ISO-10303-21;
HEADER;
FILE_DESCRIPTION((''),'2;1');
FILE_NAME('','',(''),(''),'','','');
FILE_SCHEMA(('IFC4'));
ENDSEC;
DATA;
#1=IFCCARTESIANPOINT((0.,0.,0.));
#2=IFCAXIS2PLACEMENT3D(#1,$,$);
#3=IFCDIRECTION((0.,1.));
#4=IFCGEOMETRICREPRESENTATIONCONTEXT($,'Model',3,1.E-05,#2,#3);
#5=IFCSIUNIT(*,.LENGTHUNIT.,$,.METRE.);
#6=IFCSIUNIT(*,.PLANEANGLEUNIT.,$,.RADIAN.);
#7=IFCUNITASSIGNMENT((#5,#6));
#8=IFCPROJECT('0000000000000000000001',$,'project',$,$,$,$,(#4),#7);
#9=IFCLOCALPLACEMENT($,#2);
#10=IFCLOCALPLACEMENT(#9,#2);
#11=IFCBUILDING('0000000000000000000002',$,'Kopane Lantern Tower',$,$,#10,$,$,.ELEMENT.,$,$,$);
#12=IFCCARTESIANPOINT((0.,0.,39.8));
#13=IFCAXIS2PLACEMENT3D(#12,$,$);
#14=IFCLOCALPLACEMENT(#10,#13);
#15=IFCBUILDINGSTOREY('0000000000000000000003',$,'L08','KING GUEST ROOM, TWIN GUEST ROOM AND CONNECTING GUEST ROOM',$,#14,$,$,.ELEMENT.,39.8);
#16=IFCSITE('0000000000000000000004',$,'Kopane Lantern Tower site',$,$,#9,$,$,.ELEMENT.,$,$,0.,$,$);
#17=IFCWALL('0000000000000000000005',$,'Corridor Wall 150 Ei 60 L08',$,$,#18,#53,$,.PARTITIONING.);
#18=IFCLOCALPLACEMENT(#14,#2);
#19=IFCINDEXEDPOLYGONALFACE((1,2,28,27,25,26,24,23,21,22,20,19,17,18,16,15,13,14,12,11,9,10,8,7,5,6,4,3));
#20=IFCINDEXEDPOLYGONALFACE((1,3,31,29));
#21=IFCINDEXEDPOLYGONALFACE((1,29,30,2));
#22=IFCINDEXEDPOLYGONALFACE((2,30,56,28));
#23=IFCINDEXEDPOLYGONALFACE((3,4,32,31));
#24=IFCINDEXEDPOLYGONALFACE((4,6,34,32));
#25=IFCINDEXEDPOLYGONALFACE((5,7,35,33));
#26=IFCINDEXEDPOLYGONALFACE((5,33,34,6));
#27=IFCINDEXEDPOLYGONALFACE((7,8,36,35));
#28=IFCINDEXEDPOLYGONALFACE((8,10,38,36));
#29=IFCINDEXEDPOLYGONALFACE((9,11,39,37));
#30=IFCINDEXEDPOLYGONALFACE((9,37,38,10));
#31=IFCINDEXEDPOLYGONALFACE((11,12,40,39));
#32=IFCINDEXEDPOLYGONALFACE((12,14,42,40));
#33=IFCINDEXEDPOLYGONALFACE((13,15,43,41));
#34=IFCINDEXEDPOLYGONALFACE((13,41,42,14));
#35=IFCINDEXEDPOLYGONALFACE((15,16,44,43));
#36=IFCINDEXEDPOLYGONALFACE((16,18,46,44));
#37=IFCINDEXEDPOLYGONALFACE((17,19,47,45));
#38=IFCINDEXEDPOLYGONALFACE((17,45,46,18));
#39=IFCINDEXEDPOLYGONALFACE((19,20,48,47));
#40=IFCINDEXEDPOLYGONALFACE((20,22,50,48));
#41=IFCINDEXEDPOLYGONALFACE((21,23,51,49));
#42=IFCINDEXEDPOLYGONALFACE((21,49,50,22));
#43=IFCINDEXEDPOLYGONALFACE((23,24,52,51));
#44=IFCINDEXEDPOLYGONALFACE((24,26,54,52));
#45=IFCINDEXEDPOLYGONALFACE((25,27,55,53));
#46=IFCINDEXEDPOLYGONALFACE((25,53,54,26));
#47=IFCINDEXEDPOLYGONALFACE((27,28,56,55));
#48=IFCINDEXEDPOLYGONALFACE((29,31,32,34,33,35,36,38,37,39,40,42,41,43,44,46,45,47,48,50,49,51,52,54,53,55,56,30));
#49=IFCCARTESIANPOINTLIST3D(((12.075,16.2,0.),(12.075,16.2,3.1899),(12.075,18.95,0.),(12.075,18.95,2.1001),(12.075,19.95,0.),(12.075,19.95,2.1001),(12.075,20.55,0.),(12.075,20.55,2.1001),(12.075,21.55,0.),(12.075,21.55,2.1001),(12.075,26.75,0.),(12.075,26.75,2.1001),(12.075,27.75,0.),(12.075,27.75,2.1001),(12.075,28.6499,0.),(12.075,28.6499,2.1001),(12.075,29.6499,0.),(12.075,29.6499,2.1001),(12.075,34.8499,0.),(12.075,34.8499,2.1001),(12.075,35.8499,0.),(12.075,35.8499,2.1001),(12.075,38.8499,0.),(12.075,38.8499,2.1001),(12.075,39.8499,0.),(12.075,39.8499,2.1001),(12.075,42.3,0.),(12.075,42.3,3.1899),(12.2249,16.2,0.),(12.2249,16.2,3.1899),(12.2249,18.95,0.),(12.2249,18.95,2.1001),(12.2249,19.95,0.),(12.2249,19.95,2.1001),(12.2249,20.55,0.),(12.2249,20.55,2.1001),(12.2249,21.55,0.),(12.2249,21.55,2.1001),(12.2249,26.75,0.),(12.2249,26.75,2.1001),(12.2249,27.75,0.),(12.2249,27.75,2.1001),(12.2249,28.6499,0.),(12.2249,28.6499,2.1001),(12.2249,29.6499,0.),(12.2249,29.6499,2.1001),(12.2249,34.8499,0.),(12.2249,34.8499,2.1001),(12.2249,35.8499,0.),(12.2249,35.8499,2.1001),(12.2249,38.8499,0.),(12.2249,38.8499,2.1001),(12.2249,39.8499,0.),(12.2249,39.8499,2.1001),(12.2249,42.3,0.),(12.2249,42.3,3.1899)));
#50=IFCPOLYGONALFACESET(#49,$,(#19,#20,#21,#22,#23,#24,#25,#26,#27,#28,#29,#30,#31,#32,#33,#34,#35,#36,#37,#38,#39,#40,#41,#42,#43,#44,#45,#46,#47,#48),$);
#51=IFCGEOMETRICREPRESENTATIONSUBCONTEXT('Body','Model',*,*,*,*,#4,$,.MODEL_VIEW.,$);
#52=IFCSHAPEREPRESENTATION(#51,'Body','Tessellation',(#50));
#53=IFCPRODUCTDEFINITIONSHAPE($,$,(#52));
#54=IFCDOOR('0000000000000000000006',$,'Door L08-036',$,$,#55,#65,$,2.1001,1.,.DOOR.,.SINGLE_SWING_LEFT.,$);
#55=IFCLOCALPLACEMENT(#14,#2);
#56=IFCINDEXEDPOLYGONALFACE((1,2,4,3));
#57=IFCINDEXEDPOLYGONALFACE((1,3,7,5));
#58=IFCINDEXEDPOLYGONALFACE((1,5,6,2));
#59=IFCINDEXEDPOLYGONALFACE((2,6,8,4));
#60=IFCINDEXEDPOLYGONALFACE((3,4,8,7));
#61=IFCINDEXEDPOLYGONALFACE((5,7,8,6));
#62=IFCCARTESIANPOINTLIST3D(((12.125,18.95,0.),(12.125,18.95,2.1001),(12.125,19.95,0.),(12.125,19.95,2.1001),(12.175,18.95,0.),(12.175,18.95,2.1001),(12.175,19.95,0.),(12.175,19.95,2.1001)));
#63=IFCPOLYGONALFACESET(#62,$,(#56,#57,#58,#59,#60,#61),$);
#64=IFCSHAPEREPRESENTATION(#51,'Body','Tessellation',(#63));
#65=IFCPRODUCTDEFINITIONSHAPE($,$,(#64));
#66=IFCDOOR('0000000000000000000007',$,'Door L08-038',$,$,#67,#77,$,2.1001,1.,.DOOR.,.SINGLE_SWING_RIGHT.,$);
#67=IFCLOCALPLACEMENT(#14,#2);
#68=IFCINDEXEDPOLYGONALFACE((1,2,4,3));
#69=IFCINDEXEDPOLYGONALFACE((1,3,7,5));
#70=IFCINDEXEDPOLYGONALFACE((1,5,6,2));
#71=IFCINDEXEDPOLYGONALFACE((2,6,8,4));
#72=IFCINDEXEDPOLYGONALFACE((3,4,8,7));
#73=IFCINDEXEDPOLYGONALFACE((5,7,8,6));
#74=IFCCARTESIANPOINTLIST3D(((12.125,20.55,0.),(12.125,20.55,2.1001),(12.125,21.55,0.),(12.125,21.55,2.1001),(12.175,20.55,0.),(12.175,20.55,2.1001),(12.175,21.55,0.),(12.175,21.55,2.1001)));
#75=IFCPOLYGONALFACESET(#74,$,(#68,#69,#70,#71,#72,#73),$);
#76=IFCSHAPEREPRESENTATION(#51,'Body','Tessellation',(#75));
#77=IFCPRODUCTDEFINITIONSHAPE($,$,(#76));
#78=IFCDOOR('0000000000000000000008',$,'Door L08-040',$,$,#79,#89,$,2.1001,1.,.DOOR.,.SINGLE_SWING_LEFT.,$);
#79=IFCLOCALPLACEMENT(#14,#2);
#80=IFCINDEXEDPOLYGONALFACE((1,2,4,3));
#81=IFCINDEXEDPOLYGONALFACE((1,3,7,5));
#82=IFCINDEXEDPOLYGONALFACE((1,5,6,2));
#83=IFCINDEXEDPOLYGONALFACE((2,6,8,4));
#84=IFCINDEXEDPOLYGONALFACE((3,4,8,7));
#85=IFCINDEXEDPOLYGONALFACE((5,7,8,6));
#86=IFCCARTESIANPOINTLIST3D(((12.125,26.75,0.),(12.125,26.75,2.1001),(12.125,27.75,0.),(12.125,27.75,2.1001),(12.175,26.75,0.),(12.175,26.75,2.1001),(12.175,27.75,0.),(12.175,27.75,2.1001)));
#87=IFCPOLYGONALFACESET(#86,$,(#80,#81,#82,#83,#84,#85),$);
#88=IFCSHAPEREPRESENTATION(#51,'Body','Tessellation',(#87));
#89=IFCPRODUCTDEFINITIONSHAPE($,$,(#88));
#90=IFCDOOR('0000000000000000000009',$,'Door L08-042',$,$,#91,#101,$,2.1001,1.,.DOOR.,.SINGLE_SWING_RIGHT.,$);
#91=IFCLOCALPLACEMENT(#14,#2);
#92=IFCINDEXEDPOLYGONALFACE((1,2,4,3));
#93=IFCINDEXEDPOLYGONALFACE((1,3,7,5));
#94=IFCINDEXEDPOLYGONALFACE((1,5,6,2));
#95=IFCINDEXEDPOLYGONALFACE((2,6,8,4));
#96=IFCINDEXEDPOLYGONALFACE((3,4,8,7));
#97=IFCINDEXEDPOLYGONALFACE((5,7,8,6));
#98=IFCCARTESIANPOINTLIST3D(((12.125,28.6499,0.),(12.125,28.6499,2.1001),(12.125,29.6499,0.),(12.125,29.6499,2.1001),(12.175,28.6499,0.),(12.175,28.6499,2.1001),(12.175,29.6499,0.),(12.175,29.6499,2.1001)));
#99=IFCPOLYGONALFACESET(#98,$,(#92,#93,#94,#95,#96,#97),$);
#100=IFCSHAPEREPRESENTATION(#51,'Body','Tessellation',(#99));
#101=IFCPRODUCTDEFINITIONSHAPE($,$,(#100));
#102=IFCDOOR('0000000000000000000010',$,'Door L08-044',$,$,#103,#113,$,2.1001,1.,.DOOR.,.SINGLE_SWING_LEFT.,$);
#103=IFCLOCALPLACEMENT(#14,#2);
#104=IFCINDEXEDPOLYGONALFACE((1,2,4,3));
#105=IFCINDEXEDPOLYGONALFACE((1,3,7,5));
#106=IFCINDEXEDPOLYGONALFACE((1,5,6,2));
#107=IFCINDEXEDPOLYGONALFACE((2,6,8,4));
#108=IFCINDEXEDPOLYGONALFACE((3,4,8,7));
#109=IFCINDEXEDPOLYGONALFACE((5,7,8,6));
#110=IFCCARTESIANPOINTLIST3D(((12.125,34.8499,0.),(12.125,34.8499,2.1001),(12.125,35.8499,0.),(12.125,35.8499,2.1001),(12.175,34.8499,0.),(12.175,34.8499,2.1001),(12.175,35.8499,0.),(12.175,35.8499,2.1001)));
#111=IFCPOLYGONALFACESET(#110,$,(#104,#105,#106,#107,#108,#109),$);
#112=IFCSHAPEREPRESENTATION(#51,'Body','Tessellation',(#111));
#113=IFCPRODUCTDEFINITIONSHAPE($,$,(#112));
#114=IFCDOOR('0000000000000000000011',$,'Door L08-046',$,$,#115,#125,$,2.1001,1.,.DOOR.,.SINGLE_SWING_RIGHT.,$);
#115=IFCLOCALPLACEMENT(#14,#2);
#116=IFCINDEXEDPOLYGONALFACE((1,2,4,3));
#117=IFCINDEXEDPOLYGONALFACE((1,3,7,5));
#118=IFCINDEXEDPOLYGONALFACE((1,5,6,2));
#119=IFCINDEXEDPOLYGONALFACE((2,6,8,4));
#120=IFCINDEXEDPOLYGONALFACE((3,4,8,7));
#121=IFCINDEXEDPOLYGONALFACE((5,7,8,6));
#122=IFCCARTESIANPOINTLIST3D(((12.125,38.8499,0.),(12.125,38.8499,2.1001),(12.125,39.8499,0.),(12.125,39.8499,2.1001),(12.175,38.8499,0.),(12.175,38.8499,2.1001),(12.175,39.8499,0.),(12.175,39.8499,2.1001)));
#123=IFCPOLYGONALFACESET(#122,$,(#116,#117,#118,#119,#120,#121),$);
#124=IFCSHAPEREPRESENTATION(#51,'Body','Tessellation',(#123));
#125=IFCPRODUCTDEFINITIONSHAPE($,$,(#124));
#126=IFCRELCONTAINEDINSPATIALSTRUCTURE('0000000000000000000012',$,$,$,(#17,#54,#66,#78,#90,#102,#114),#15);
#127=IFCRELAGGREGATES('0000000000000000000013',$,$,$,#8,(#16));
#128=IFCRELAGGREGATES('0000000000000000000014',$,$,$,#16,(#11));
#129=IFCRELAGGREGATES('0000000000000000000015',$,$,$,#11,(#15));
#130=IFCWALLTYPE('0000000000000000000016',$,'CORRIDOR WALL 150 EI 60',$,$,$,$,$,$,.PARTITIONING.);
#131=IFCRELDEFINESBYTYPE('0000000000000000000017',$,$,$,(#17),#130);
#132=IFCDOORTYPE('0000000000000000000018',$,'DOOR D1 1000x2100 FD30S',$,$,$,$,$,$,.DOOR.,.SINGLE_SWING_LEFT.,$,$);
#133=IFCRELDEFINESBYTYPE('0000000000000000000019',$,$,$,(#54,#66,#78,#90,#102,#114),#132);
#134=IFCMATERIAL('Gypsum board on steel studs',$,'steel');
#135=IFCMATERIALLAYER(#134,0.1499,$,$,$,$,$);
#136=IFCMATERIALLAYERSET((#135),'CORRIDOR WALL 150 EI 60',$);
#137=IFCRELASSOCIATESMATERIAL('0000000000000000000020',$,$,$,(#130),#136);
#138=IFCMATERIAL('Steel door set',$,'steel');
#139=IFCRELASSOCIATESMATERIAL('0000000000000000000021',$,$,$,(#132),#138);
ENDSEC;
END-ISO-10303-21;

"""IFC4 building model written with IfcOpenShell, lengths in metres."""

from ifc_helpers import new_model, si_unit, direction, frame, frame_2d, origin, place, context, subcontext, project, spatial, rectangle, extrude, material, layer, layer_set, type_object, element, fill, save


model = new_model("IFC4")

# Units and contexts
model_context = context("Model", 3, precision=1e-05, world=origin(), true_north=direction((0.0, 1.0)))
body_context = subcontext(model_context, "Body", "Model", "MODEL_VIEW")
ifc_project = project(units=[si_unit("LENGTHUNIT", "METRE"), si_unit("PLANEANGLEUNIT", "RADIAN")], contexts=[model_context])

# Site, building, storey
site_placement = place(None, origin())
site = spatial("IfcSite", under=ifc_project, at=site_placement, Name="Kopane Lantern Tower site", CompositionType="ELEMENT", RefElevation=0.0)
building_placement = place(site_placement, origin())
building = spatial("IfcBuilding", under=site, at=building_placement, Name="Kopane Lantern Tower", CompositionType="ELEMENT")
storey_placement = place(building_placement, frame((0.0, 0.0, 39.8)))
storey = spatial("IfcBuildingStorey", under=building, at=storey_placement, Name="L08", Description="KING GUEST ROOM, TWIN GUEST ROOM AND CONNECTING GUEST ROOM", CompositionType="ELEMENT", Elevation=39.8)

# Wall, openings, doors
ifc_material_1 = material(Name="Gypsum board on steel studs", Category="steel")
ifc_layer_1 = layer(ifc_material_1, 0.1499)
ifc_layer_set_1 = layer_set([ifc_layer_1], Name="CORRIDOR WALL 150 EI 60")
wall_type_1 = type_object("IfcWallType", Name="CORRIDOR WALL 150 EI 60", PredefinedType="PARTITIONING", material=ifc_layer_set_1)
ifc_material_2 = material(Name="Steel door set", Category="steel")
door_type = type_object("IfcDoorType", Name="DOOR D1 1000x2100 FD30S", OperationType="SINGLE_SWING_LEFT", PredefinedType="DOOR", material=ifc_material_2)
wall_1_placement = place(storey_placement, frame((12.1499, 16.2, 0.0), z_axis=(0.0, 0.0, 1.0), x_axis=(0.0, 1.0, 0.0)))
wall_1 = element("IfcWall", 1, at=wall_1_placement, inside=storey, type_object=wall_type_1, Name="Corridor Wall 150 Ei 60 L08", PredefinedType="PARTITIONING", context=body_context, shape_type="SweptSolid", body=[
    extrude(rectangle(XDim=26.1001, YDim=0.1499, at=frame_2d((13.05, 0.0))), origin(), (0.0, 0.0, 1.0), 3.1899),
])
opening_1_placement = place(wall_1_placement, frame((2.75, 0.0, 0.0)))
opening_1 = element("IfcOpeningElement", 2, at=opening_1_placement, cuts=wall_1, PredefinedType="OPENING", context=body_context, shape_type="SweptSolid", body=[
    extrude(rectangle(XDim=1.0, YDim=2.1001, at=frame_2d((0.5, 1.05))), frame((0.0, 0.085, 0.0), z_axis=(0.0, -1.0, 0.0), x_axis=(1.0, 0.0, 0.0)), (0.0, 0.0, 1.0), 0.1699),
])
opening_2_placement = place(wall_1_placement, frame((4.3501, 0.0, 0.0)))
opening_2 = element("IfcOpeningElement", 3, at=opening_2_placement, cuts=wall_1, PredefinedType="OPENING", context=body_context, shape_type="SweptSolid", body=[
    extrude(rectangle(XDim=1.0, YDim=2.1001, at=frame_2d((0.5, 1.05))), frame((0.0, 0.085, 0.0), z_axis=(0.0, -1.0, 0.0), x_axis=(1.0, 0.0, 0.0)), (0.0, 0.0, 1.0), 0.1699),
])
opening_3_placement = place(wall_1_placement, frame((10.55, 0.0, 0.0)))
opening_3 = element("IfcOpeningElement", 4, at=opening_3_placement, cuts=wall_1, PredefinedType="OPENING", context=body_context, shape_type="SweptSolid", body=[
    extrude(rectangle(XDim=1.0, YDim=2.1001, at=frame_2d((0.5, 1.05))), frame((0.0, 0.085, 0.0), z_axis=(0.0, -1.0, 0.0), x_axis=(1.0, 0.0, 0.0)), (0.0, 0.0, 1.0), 0.1699),
])
opening_4_placement = place(wall_1_placement, frame((12.45, 0.0, 0.0)))
opening_4 = element("IfcOpeningElement", 5, at=opening_4_placement, cuts=wall_1, PredefinedType="OPENING", context=body_context, shape_type="SweptSolid", body=[
    extrude(rectangle(XDim=1.0, YDim=2.1001, at=frame_2d((0.5, 1.05))), frame((0.0, 0.085, 0.0), z_axis=(0.0, -1.0, 0.0), x_axis=(1.0, 0.0, 0.0)), (0.0, 0.0, 1.0), 0.1699),
])
opening_5_placement = place(wall_1_placement, frame((18.6499, 0.0, 0.0)))
opening_5 = element("IfcOpeningElement", 6, at=opening_5_placement, cuts=wall_1, PredefinedType="OPENING", context=body_context, shape_type="SweptSolid", body=[
    extrude(rectangle(XDim=1.0, YDim=2.1001, at=frame_2d((0.5, 1.05))), frame((0.0, 0.085, 0.0), z_axis=(0.0, -1.0, 0.0), x_axis=(1.0, 0.0, 0.0)), (0.0, 0.0, 1.0), 0.1699),
])
opening_6_placement = place(wall_1_placement, frame((22.6499, 0.0, 0.0)))
opening_6 = element("IfcOpeningElement", 7, at=opening_6_placement, cuts=wall_1, PredefinedType="OPENING", context=body_context, shape_type="SweptSolid", body=[
    extrude(rectangle(XDim=1.0, YDim=2.1001, at=frame_2d((0.5, 1.05))), frame((0.0, 0.085, 0.0), z_axis=(0.0, -1.0, 0.0), x_axis=(1.0, 0.0, 0.0)), (0.0, 0.0, 1.0), 0.1699),
])
door_1_placement = place(opening_1_placement, origin())
door_1 = element("IfcDoor", 8, at=door_1_placement, inside=storey, type_object=door_type, Name="Door L08-036", OperationType="SINGLE_SWING_LEFT", OverallHeight=2.1001, OverallWidth=1.0, PredefinedType="DOOR", context=body_context, shape_type="SweptSolid", body=[
    extrude(rectangle(XDim=1.0, YDim=2.1001, at=frame_2d((0.5, 1.05))), frame((0.0, 0.0249, 0.0), z_axis=(0.0, -1.0, 0.0), x_axis=(1.0, 0.0, 0.0)), (0.0, 0.0, 1.0), 0.05),
])
fill(opening_1, door_1)
door_2_placement = place(opening_2_placement, origin())
door_2 = element("IfcDoor", 9, at=door_2_placement, inside=storey, type_object=door_type, Name="Door L08-038", OperationType="SINGLE_SWING_RIGHT", OverallHeight=2.1001, OverallWidth=1.0, PredefinedType="DOOR", context=body_context, shape_type="SweptSolid", body=[
    extrude(rectangle(XDim=1.0, YDim=2.1001, at=frame_2d((0.5, 1.05))), frame((0.0, 0.0249, 0.0), z_axis=(0.0, -1.0, 0.0), x_axis=(1.0, 0.0, 0.0)), (0.0, 0.0, 1.0), 0.05),
])
fill(opening_2, door_2)
door_3_placement = place(opening_3_placement, origin())
door_3 = element("IfcDoor", 10, at=door_3_placement, inside=storey, type_object=door_type, Name="Door L08-040", OperationType="SINGLE_SWING_LEFT", OverallHeight=2.1001, OverallWidth=1.0, PredefinedType="DOOR", context=body_context, shape_type="SweptSolid", body=[
    extrude(rectangle(XDim=1.0, YDim=2.1001, at=frame_2d((0.5, 1.05))), frame((0.0, 0.0249, 0.0), z_axis=(0.0, -1.0, 0.0), x_axis=(1.0, 0.0, 0.0)), (0.0, 0.0, 1.0), 0.05),
])
fill(opening_3, door_3)
door_4_placement = place(opening_4_placement, origin())
door_4 = element("IfcDoor", 11, at=door_4_placement, inside=storey, type_object=door_type, Name="Door L08-042", OperationType="SINGLE_SWING_RIGHT", OverallHeight=2.1001, OverallWidth=1.0, PredefinedType="DOOR", context=body_context, shape_type="SweptSolid", body=[
    extrude(rectangle(XDim=1.0, YDim=2.1001, at=frame_2d((0.5, 1.05))), frame((0.0, 0.0249, 0.0), z_axis=(0.0, -1.0, 0.0), x_axis=(1.0, 0.0, 0.0)), (0.0, 0.0, 1.0), 0.05),
])
fill(opening_4, door_4)
door_5_placement = place(opening_5_placement, origin())
door_5 = element("IfcDoor", 12, at=door_5_placement, inside=storey, type_object=door_type, Name="Door L08-044", OperationType="SINGLE_SWING_LEFT", OverallHeight=2.1001, OverallWidth=1.0, PredefinedType="DOOR", context=body_context, shape_type="SweptSolid", body=[
    extrude(rectangle(XDim=1.0, YDim=2.1001, at=frame_2d((0.5, 1.05))), frame((0.0, 0.0249, 0.0), z_axis=(0.0, -1.0, 0.0), x_axis=(1.0, 0.0, 0.0)), (0.0, 0.0, 1.0), 0.05),
])
fill(opening_5, door_5)
door_6_placement = place(opening_6_placement, origin())
door_6 = element("IfcDoor", 13, at=door_6_placement, inside=storey, type_object=door_type, Name="Door L08-046", OperationType="SINGLE_SWING_RIGHT", OverallHeight=2.1001, OverallWidth=1.0, PredefinedType="DOOR", context=body_context, shape_type="SweptSolid", body=[
    extrude(rectangle(XDim=1.0, YDim=2.1001, at=frame_2d((0.5, 1.05))), frame((0.0, 0.0249, 0.0), z_axis=(0.0, -1.0, 0.0), x_axis=(1.0, 0.0, 0.0)), (0.0, 0.0, 1.0), 0.05),
])
fill(opening_6, door_6)

save(model, "model.ifc")
